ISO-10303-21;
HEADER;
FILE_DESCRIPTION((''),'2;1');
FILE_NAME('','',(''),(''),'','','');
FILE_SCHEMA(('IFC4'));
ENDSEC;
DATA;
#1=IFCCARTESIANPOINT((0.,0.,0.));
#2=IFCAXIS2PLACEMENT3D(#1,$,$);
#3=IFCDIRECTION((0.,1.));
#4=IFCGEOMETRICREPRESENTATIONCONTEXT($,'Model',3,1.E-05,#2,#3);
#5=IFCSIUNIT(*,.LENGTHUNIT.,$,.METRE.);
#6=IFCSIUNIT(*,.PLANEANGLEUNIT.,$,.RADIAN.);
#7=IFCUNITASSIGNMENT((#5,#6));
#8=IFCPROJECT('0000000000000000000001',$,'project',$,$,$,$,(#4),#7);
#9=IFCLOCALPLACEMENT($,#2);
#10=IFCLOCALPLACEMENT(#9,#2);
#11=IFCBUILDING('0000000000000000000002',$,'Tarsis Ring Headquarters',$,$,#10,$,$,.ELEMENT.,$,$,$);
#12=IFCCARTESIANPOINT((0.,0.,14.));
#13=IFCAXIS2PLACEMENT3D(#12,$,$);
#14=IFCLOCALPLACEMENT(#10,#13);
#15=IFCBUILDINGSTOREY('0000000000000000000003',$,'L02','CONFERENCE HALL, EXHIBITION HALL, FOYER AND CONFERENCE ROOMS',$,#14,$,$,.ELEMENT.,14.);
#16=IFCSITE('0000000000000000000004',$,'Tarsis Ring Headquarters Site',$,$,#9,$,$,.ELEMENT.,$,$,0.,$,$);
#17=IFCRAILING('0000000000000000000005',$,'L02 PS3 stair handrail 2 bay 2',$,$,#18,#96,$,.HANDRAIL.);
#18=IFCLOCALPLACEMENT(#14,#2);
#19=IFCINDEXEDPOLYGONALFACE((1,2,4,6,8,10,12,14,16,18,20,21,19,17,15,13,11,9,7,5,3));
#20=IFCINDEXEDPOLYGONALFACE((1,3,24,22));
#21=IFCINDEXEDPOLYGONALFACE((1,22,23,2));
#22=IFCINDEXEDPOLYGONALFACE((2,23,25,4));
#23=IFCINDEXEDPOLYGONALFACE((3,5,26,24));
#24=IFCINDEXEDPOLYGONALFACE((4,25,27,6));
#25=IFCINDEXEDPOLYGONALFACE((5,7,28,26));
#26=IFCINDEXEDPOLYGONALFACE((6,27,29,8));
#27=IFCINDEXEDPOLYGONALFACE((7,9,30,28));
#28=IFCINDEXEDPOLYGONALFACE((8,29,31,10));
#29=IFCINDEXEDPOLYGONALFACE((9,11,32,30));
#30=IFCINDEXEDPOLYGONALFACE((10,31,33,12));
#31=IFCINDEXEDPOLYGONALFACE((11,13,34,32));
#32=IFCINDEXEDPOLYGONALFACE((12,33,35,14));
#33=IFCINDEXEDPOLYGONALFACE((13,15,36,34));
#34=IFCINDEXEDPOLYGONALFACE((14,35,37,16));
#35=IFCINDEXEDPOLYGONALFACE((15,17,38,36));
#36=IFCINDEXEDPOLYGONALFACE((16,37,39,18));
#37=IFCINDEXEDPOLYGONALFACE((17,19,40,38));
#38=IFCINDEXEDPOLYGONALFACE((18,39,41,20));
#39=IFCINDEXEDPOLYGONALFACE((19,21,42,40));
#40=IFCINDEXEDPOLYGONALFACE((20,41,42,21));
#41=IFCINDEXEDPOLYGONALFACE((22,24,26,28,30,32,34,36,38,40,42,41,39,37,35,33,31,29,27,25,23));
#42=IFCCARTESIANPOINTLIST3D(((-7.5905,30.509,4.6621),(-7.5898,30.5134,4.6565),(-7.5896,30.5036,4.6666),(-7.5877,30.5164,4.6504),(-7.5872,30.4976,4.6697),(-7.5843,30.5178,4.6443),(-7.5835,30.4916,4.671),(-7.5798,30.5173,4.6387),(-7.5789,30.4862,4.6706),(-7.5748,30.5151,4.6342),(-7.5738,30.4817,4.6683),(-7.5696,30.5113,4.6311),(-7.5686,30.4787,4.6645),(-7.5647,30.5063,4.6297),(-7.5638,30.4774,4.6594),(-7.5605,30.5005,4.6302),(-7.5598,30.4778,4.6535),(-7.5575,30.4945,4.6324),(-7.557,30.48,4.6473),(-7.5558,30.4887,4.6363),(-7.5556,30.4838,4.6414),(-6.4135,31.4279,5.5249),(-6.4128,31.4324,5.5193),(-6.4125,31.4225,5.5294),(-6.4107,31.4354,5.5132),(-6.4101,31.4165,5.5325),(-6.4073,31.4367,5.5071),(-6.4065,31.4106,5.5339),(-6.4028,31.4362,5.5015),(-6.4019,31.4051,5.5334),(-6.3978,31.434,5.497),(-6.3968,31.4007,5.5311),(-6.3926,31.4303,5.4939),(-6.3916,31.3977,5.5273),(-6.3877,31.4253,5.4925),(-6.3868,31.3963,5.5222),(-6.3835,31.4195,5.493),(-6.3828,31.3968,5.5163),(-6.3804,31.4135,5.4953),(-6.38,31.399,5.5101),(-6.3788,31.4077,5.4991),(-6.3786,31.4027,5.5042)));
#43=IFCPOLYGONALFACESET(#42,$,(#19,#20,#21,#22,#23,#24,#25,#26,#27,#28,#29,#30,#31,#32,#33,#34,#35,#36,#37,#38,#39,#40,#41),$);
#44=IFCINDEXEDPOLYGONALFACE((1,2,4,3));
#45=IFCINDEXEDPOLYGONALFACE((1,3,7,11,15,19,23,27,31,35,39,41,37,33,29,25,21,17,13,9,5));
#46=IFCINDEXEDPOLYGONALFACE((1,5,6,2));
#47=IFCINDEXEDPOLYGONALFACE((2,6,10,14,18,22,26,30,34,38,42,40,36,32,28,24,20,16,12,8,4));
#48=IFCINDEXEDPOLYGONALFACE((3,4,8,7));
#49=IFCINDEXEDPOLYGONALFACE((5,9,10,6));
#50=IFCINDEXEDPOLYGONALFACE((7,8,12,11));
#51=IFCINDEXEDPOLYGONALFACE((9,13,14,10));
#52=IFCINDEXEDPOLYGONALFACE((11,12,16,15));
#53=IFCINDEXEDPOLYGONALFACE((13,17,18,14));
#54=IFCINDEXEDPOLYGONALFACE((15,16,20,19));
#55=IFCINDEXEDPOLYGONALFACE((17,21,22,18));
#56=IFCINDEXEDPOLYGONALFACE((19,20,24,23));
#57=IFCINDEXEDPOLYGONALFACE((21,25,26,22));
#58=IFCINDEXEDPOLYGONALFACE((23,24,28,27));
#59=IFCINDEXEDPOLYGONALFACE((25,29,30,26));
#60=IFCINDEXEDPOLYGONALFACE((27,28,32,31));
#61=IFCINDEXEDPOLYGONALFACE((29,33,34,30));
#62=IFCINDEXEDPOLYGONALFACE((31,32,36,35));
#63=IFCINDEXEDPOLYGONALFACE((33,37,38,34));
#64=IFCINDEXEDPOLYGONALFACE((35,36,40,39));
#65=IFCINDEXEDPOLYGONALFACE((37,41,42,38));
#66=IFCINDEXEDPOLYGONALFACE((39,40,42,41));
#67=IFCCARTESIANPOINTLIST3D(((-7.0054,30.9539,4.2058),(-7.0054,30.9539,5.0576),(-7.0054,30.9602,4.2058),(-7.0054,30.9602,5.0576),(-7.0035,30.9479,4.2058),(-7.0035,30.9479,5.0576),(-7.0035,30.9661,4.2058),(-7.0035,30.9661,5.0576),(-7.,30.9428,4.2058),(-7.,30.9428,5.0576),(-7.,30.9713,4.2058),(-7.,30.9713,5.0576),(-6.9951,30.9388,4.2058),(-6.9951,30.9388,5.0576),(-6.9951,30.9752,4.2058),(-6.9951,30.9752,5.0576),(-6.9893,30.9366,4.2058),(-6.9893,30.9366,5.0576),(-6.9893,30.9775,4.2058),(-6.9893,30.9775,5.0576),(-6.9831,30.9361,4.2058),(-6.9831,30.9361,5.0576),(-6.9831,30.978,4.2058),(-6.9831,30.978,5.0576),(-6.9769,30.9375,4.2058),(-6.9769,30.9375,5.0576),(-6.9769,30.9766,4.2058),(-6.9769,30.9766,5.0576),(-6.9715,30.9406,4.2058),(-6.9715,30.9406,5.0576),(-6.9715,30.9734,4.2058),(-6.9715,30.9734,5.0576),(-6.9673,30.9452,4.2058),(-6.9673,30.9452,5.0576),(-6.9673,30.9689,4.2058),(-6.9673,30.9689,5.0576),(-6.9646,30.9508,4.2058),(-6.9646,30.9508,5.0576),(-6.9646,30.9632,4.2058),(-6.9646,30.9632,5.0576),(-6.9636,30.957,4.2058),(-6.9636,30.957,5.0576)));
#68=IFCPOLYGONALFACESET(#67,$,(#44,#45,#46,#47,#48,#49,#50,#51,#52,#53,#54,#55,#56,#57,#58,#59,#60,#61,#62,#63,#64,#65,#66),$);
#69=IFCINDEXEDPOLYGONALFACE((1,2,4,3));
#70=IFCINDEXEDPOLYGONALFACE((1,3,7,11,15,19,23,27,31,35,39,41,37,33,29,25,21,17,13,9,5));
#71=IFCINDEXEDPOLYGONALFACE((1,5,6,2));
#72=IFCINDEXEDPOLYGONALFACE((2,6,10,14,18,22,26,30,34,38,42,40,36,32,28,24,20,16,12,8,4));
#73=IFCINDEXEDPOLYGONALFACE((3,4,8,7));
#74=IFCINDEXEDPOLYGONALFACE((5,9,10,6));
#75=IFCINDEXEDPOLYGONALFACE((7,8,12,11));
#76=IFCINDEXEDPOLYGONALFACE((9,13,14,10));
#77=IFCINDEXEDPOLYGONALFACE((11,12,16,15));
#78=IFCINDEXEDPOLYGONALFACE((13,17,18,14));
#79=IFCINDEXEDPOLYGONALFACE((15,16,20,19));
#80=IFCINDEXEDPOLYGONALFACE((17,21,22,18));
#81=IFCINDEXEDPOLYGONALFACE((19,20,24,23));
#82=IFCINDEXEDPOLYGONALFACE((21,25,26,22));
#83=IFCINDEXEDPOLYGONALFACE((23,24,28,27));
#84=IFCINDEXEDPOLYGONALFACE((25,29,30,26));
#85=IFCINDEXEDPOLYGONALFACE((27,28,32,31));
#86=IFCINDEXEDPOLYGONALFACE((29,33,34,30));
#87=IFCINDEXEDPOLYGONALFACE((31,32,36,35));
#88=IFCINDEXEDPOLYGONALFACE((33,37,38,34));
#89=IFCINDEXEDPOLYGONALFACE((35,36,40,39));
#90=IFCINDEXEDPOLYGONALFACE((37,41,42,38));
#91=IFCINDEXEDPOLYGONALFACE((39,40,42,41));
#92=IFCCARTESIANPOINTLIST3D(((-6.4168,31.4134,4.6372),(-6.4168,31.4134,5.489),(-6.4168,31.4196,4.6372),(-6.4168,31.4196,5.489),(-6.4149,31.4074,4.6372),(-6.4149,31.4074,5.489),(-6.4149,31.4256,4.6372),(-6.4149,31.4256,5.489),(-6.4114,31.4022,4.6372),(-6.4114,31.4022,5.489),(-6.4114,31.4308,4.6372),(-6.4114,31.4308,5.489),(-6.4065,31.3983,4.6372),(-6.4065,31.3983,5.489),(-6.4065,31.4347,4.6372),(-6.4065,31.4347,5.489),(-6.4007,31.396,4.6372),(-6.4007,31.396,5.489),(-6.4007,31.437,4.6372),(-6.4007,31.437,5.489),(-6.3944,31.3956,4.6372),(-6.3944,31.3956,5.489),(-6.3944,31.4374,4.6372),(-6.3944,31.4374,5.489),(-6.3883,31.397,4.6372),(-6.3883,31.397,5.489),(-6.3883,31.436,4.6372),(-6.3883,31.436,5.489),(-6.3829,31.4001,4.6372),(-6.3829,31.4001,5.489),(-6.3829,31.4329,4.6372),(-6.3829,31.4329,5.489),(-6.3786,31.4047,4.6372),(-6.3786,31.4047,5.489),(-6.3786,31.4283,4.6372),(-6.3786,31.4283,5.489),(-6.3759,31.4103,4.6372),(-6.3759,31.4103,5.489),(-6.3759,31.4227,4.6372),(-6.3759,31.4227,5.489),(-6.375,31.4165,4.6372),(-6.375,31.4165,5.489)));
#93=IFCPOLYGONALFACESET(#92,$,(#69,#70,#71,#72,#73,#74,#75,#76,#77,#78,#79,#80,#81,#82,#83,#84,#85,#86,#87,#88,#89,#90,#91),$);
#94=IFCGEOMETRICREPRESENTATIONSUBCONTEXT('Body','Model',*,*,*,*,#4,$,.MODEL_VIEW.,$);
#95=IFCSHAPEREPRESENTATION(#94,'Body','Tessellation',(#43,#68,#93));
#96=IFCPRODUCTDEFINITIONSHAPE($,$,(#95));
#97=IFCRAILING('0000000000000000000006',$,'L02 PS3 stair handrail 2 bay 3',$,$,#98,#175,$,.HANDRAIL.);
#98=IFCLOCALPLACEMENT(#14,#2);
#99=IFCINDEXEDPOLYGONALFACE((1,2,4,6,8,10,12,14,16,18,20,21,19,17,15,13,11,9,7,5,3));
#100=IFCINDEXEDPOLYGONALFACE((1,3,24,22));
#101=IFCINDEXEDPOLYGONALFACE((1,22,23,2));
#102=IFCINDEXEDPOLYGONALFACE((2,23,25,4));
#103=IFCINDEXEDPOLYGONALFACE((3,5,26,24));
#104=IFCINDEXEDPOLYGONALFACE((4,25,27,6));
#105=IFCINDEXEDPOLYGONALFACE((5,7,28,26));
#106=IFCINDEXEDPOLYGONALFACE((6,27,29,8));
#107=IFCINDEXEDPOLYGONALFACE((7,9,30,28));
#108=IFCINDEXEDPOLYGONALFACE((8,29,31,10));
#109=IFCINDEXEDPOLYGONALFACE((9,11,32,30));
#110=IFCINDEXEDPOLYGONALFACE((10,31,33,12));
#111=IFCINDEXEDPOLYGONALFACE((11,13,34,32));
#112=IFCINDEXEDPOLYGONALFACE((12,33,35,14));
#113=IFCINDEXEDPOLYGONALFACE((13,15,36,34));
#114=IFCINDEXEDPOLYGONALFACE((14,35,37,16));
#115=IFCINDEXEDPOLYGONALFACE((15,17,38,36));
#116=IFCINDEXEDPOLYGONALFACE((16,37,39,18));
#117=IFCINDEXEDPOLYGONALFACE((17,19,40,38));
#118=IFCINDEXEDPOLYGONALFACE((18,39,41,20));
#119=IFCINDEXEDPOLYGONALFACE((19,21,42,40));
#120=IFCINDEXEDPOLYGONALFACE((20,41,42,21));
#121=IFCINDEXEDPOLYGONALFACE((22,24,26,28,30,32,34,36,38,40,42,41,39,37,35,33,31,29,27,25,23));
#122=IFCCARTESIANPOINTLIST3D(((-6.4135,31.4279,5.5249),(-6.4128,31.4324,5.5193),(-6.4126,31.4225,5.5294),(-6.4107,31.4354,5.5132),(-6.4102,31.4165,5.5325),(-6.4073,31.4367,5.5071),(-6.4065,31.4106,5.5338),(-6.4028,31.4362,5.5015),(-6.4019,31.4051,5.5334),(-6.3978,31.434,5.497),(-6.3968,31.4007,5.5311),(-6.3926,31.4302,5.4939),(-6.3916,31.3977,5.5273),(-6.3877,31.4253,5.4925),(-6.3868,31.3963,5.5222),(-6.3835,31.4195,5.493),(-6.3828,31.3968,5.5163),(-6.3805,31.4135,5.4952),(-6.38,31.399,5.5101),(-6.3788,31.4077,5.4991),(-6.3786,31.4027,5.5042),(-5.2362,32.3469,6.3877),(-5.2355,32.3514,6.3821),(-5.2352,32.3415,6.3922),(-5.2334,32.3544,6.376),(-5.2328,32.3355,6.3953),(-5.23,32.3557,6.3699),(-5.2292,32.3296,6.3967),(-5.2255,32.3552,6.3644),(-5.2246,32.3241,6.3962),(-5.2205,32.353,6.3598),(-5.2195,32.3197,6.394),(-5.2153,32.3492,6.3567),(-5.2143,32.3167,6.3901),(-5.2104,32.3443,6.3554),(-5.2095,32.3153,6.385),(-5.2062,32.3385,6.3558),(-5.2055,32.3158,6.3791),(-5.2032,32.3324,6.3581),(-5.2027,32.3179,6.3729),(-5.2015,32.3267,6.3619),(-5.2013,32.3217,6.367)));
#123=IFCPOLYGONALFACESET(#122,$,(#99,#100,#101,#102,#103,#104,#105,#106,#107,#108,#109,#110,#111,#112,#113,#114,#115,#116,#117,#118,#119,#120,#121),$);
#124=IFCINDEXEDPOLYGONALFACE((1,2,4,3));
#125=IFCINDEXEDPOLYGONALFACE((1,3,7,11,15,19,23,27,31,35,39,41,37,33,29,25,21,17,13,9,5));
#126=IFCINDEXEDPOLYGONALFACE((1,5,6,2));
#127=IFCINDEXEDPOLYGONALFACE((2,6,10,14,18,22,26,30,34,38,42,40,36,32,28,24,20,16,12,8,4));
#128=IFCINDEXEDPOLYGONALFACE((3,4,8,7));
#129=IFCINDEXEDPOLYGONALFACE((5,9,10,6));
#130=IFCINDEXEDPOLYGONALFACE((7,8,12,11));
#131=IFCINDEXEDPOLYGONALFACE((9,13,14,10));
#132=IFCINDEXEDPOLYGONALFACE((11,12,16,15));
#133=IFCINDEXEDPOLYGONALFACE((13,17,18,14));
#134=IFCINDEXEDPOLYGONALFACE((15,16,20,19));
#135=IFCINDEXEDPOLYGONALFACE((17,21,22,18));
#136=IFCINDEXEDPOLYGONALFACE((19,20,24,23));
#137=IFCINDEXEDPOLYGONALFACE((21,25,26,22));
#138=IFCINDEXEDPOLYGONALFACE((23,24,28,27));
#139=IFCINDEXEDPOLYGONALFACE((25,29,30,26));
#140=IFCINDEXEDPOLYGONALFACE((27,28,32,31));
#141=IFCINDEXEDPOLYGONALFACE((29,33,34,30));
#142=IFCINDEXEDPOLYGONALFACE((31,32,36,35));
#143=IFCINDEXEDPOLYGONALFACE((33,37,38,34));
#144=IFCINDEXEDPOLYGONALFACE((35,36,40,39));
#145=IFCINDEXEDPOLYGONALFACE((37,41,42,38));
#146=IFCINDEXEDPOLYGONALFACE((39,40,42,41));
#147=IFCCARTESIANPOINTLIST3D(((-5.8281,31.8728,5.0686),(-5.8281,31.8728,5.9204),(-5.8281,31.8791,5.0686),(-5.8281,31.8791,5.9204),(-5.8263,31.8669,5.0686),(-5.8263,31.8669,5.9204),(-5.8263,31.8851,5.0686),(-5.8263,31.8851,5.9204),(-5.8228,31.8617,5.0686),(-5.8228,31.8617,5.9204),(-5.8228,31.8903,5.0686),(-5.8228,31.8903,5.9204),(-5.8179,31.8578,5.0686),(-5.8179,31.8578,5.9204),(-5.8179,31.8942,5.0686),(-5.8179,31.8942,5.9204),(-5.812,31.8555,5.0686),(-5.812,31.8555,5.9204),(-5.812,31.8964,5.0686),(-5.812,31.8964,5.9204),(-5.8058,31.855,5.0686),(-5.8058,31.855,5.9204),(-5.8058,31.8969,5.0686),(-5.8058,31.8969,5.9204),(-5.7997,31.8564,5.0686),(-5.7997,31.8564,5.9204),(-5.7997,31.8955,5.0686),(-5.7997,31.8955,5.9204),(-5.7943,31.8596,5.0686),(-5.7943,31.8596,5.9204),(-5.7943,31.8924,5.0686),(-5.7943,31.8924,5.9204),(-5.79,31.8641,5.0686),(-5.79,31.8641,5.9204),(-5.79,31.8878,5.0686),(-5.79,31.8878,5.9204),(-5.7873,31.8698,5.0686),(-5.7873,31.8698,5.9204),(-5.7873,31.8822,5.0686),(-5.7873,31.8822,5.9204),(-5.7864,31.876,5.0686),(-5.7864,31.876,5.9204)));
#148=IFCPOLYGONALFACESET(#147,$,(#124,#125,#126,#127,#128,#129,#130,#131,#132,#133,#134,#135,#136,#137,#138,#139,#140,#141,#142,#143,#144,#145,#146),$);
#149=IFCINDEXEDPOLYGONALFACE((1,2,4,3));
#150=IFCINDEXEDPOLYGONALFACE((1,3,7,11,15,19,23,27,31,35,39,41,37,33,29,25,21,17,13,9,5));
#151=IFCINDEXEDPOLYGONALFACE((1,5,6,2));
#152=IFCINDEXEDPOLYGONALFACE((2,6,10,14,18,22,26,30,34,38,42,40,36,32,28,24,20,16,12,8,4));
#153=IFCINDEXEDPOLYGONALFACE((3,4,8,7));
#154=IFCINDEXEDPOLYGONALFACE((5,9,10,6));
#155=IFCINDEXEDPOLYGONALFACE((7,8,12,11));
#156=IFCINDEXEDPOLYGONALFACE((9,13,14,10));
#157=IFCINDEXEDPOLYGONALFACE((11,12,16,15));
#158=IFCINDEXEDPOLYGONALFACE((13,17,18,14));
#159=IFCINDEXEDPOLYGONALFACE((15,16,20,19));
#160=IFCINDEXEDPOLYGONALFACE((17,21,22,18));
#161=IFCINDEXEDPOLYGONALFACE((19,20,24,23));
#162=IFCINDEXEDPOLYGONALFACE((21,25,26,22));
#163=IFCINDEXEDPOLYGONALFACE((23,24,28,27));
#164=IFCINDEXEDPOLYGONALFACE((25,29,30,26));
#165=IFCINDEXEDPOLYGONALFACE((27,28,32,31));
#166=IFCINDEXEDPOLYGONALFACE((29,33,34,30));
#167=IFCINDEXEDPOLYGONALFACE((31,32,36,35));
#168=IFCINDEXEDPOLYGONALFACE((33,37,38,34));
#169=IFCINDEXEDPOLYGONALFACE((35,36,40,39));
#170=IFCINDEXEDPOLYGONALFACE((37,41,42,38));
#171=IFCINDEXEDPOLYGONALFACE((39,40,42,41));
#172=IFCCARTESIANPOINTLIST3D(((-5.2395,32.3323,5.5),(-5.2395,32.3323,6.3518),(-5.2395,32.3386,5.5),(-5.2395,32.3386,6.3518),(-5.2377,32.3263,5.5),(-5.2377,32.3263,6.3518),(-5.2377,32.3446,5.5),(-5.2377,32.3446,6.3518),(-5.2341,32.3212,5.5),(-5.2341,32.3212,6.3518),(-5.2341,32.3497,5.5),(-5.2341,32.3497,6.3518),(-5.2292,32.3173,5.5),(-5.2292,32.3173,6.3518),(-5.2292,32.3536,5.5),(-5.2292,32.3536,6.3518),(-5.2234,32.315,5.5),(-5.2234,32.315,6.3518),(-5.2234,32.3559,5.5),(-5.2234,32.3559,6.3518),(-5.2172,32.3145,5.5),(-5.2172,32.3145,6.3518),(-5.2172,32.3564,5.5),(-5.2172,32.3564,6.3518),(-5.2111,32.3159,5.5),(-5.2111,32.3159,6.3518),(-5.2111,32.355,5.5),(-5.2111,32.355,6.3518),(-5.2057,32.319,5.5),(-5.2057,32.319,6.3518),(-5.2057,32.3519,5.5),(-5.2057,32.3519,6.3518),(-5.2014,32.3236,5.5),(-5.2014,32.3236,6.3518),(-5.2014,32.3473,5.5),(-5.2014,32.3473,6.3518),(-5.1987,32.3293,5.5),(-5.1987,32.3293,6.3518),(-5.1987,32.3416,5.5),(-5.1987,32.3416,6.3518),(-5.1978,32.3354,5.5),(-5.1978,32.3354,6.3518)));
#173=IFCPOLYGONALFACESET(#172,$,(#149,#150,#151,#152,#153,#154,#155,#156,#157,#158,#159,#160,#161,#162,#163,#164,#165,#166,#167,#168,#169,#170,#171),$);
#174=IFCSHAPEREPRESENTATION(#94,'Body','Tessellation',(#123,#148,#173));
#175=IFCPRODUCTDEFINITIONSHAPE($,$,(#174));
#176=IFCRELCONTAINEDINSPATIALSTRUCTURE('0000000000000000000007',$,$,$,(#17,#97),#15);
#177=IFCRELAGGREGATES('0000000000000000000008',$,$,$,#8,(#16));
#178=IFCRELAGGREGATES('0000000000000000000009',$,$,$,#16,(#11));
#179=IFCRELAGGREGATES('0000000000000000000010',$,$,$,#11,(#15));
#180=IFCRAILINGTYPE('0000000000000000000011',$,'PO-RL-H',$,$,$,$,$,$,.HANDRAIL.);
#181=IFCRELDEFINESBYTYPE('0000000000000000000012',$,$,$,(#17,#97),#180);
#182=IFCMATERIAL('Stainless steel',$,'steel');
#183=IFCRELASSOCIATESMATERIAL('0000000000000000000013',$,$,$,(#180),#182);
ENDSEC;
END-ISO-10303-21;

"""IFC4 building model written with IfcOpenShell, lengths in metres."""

from ifc_helpers import new_model, si_unit, direction, frame, origin, origin_2d, place, context, subcontext, project, spatial, circle, extrude, material, type_object, element, save


model = new_model("IFC4")

# Units and contexts
model_context = context("Model", 3, precision=1e-05, world=origin(), true_north=direction((0.0, 1.0)))
body_context = subcontext(model_context, "Body", "Model", "MODEL_VIEW")
ifc_project = project(units=[si_unit("LENGTHUNIT", "METRE"), si_unit("PLANEANGLEUNIT", "RADIAN")], contexts=[model_context])

# Site, building, storey
site_placement = place(None, origin())
site = spatial("IfcSite", under=ifc_project, at=site_placement, Name="Tarsis Ring Headquarters Site", CompositionType="ELEMENT", RefElevation=0.0)
building_placement = place(site_placement, origin())
building = spatial("IfcBuilding", under=site, at=building_placement, Name="Tarsis Ring Headquarters", CompositionType="ELEMENT")
storey_placement = place(building_placement, frame((0.0, 0.0, 14.0)))
storey = spatial("IfcBuildingStorey", under=building, at=storey_placement, Name="L02", Description="CONFERENCE HALL, EXHIBITION HALL, FOYER AND CONFERENCE ROOMS", CompositionType="ELEMENT", Elevation=14.0)

# Railings
ifc_material_1 = material(Name="Stainless steel", Category="steel")
railing_type_1 = type_object("IfcRailingType", Name="PO-RL-H", PredefinedType="HANDRAIL", material=ifc_material_1)
railing_1_placement = place(storey_placement, frame((-7.573, 30.4976, 3.7744)))
element("IfcRailing", 1, at=railing_1_placement, inside=storey, type_object=railing_type_1, Name="L02 PS3 stair handrail 2 bay 2", PredefinedType="HANDRAIL", context=body_context, shape_type="SweptSolid", body=[
    extrude(circle(Radius=0.0239, at=origin_2d()), frame((0.0, 0.0, 0.876), z_axis=(0.682483, 0.532849, 0.500289), x_axis=(-0.6154, 0.788215, 0.0)), (0.0, 0.0, 1.0), 1.7246),
    extrude(circle(Radius=0.021, at=origin_2d()), frame((0.5884, 0.4595, 0.4314)), (0.0, 0.0, 1.0), 0.8518),
    extrude(circle(Radius=0.021, at=origin_2d()), frame((1.177, 0.9189, 0.8628)), (0.0, 0.0, 1.0), 0.8518),
])
railing_2_placement = place(storey_placement, frame((-6.396, 31.4165, 4.6372)))
element("IfcRailing", 2, at=railing_2_placement, inside=storey, type_object=railing_type_1, Name="L02 PS3 stair handrail 2 bay 3", PredefinedType="HANDRAIL", context=body_context, shape_type="SweptSolid", body=[
    extrude(circle(Radius=0.0239, at=origin_2d()), frame((0.0, 0.0, 0.876), z_axis=(0.682558, 0.532798, 0.500241), x_axis=(-0.61532, 0.788277, 0.0)), (0.0, 0.0, 1.0), 1.7249),
    extrude(circle(Radius=0.021, at=origin_2d()), frame((0.5886, 0.4595, 0.4314)), (0.0, 0.0, 1.0), 0.8518),
    extrude(circle(Radius=0.021, at=origin_2d()), frame((1.1772, 0.9189, 0.8628)), (0.0, 0.0, 1.0), 0.8518),
])

save(model, "model.ifc")
